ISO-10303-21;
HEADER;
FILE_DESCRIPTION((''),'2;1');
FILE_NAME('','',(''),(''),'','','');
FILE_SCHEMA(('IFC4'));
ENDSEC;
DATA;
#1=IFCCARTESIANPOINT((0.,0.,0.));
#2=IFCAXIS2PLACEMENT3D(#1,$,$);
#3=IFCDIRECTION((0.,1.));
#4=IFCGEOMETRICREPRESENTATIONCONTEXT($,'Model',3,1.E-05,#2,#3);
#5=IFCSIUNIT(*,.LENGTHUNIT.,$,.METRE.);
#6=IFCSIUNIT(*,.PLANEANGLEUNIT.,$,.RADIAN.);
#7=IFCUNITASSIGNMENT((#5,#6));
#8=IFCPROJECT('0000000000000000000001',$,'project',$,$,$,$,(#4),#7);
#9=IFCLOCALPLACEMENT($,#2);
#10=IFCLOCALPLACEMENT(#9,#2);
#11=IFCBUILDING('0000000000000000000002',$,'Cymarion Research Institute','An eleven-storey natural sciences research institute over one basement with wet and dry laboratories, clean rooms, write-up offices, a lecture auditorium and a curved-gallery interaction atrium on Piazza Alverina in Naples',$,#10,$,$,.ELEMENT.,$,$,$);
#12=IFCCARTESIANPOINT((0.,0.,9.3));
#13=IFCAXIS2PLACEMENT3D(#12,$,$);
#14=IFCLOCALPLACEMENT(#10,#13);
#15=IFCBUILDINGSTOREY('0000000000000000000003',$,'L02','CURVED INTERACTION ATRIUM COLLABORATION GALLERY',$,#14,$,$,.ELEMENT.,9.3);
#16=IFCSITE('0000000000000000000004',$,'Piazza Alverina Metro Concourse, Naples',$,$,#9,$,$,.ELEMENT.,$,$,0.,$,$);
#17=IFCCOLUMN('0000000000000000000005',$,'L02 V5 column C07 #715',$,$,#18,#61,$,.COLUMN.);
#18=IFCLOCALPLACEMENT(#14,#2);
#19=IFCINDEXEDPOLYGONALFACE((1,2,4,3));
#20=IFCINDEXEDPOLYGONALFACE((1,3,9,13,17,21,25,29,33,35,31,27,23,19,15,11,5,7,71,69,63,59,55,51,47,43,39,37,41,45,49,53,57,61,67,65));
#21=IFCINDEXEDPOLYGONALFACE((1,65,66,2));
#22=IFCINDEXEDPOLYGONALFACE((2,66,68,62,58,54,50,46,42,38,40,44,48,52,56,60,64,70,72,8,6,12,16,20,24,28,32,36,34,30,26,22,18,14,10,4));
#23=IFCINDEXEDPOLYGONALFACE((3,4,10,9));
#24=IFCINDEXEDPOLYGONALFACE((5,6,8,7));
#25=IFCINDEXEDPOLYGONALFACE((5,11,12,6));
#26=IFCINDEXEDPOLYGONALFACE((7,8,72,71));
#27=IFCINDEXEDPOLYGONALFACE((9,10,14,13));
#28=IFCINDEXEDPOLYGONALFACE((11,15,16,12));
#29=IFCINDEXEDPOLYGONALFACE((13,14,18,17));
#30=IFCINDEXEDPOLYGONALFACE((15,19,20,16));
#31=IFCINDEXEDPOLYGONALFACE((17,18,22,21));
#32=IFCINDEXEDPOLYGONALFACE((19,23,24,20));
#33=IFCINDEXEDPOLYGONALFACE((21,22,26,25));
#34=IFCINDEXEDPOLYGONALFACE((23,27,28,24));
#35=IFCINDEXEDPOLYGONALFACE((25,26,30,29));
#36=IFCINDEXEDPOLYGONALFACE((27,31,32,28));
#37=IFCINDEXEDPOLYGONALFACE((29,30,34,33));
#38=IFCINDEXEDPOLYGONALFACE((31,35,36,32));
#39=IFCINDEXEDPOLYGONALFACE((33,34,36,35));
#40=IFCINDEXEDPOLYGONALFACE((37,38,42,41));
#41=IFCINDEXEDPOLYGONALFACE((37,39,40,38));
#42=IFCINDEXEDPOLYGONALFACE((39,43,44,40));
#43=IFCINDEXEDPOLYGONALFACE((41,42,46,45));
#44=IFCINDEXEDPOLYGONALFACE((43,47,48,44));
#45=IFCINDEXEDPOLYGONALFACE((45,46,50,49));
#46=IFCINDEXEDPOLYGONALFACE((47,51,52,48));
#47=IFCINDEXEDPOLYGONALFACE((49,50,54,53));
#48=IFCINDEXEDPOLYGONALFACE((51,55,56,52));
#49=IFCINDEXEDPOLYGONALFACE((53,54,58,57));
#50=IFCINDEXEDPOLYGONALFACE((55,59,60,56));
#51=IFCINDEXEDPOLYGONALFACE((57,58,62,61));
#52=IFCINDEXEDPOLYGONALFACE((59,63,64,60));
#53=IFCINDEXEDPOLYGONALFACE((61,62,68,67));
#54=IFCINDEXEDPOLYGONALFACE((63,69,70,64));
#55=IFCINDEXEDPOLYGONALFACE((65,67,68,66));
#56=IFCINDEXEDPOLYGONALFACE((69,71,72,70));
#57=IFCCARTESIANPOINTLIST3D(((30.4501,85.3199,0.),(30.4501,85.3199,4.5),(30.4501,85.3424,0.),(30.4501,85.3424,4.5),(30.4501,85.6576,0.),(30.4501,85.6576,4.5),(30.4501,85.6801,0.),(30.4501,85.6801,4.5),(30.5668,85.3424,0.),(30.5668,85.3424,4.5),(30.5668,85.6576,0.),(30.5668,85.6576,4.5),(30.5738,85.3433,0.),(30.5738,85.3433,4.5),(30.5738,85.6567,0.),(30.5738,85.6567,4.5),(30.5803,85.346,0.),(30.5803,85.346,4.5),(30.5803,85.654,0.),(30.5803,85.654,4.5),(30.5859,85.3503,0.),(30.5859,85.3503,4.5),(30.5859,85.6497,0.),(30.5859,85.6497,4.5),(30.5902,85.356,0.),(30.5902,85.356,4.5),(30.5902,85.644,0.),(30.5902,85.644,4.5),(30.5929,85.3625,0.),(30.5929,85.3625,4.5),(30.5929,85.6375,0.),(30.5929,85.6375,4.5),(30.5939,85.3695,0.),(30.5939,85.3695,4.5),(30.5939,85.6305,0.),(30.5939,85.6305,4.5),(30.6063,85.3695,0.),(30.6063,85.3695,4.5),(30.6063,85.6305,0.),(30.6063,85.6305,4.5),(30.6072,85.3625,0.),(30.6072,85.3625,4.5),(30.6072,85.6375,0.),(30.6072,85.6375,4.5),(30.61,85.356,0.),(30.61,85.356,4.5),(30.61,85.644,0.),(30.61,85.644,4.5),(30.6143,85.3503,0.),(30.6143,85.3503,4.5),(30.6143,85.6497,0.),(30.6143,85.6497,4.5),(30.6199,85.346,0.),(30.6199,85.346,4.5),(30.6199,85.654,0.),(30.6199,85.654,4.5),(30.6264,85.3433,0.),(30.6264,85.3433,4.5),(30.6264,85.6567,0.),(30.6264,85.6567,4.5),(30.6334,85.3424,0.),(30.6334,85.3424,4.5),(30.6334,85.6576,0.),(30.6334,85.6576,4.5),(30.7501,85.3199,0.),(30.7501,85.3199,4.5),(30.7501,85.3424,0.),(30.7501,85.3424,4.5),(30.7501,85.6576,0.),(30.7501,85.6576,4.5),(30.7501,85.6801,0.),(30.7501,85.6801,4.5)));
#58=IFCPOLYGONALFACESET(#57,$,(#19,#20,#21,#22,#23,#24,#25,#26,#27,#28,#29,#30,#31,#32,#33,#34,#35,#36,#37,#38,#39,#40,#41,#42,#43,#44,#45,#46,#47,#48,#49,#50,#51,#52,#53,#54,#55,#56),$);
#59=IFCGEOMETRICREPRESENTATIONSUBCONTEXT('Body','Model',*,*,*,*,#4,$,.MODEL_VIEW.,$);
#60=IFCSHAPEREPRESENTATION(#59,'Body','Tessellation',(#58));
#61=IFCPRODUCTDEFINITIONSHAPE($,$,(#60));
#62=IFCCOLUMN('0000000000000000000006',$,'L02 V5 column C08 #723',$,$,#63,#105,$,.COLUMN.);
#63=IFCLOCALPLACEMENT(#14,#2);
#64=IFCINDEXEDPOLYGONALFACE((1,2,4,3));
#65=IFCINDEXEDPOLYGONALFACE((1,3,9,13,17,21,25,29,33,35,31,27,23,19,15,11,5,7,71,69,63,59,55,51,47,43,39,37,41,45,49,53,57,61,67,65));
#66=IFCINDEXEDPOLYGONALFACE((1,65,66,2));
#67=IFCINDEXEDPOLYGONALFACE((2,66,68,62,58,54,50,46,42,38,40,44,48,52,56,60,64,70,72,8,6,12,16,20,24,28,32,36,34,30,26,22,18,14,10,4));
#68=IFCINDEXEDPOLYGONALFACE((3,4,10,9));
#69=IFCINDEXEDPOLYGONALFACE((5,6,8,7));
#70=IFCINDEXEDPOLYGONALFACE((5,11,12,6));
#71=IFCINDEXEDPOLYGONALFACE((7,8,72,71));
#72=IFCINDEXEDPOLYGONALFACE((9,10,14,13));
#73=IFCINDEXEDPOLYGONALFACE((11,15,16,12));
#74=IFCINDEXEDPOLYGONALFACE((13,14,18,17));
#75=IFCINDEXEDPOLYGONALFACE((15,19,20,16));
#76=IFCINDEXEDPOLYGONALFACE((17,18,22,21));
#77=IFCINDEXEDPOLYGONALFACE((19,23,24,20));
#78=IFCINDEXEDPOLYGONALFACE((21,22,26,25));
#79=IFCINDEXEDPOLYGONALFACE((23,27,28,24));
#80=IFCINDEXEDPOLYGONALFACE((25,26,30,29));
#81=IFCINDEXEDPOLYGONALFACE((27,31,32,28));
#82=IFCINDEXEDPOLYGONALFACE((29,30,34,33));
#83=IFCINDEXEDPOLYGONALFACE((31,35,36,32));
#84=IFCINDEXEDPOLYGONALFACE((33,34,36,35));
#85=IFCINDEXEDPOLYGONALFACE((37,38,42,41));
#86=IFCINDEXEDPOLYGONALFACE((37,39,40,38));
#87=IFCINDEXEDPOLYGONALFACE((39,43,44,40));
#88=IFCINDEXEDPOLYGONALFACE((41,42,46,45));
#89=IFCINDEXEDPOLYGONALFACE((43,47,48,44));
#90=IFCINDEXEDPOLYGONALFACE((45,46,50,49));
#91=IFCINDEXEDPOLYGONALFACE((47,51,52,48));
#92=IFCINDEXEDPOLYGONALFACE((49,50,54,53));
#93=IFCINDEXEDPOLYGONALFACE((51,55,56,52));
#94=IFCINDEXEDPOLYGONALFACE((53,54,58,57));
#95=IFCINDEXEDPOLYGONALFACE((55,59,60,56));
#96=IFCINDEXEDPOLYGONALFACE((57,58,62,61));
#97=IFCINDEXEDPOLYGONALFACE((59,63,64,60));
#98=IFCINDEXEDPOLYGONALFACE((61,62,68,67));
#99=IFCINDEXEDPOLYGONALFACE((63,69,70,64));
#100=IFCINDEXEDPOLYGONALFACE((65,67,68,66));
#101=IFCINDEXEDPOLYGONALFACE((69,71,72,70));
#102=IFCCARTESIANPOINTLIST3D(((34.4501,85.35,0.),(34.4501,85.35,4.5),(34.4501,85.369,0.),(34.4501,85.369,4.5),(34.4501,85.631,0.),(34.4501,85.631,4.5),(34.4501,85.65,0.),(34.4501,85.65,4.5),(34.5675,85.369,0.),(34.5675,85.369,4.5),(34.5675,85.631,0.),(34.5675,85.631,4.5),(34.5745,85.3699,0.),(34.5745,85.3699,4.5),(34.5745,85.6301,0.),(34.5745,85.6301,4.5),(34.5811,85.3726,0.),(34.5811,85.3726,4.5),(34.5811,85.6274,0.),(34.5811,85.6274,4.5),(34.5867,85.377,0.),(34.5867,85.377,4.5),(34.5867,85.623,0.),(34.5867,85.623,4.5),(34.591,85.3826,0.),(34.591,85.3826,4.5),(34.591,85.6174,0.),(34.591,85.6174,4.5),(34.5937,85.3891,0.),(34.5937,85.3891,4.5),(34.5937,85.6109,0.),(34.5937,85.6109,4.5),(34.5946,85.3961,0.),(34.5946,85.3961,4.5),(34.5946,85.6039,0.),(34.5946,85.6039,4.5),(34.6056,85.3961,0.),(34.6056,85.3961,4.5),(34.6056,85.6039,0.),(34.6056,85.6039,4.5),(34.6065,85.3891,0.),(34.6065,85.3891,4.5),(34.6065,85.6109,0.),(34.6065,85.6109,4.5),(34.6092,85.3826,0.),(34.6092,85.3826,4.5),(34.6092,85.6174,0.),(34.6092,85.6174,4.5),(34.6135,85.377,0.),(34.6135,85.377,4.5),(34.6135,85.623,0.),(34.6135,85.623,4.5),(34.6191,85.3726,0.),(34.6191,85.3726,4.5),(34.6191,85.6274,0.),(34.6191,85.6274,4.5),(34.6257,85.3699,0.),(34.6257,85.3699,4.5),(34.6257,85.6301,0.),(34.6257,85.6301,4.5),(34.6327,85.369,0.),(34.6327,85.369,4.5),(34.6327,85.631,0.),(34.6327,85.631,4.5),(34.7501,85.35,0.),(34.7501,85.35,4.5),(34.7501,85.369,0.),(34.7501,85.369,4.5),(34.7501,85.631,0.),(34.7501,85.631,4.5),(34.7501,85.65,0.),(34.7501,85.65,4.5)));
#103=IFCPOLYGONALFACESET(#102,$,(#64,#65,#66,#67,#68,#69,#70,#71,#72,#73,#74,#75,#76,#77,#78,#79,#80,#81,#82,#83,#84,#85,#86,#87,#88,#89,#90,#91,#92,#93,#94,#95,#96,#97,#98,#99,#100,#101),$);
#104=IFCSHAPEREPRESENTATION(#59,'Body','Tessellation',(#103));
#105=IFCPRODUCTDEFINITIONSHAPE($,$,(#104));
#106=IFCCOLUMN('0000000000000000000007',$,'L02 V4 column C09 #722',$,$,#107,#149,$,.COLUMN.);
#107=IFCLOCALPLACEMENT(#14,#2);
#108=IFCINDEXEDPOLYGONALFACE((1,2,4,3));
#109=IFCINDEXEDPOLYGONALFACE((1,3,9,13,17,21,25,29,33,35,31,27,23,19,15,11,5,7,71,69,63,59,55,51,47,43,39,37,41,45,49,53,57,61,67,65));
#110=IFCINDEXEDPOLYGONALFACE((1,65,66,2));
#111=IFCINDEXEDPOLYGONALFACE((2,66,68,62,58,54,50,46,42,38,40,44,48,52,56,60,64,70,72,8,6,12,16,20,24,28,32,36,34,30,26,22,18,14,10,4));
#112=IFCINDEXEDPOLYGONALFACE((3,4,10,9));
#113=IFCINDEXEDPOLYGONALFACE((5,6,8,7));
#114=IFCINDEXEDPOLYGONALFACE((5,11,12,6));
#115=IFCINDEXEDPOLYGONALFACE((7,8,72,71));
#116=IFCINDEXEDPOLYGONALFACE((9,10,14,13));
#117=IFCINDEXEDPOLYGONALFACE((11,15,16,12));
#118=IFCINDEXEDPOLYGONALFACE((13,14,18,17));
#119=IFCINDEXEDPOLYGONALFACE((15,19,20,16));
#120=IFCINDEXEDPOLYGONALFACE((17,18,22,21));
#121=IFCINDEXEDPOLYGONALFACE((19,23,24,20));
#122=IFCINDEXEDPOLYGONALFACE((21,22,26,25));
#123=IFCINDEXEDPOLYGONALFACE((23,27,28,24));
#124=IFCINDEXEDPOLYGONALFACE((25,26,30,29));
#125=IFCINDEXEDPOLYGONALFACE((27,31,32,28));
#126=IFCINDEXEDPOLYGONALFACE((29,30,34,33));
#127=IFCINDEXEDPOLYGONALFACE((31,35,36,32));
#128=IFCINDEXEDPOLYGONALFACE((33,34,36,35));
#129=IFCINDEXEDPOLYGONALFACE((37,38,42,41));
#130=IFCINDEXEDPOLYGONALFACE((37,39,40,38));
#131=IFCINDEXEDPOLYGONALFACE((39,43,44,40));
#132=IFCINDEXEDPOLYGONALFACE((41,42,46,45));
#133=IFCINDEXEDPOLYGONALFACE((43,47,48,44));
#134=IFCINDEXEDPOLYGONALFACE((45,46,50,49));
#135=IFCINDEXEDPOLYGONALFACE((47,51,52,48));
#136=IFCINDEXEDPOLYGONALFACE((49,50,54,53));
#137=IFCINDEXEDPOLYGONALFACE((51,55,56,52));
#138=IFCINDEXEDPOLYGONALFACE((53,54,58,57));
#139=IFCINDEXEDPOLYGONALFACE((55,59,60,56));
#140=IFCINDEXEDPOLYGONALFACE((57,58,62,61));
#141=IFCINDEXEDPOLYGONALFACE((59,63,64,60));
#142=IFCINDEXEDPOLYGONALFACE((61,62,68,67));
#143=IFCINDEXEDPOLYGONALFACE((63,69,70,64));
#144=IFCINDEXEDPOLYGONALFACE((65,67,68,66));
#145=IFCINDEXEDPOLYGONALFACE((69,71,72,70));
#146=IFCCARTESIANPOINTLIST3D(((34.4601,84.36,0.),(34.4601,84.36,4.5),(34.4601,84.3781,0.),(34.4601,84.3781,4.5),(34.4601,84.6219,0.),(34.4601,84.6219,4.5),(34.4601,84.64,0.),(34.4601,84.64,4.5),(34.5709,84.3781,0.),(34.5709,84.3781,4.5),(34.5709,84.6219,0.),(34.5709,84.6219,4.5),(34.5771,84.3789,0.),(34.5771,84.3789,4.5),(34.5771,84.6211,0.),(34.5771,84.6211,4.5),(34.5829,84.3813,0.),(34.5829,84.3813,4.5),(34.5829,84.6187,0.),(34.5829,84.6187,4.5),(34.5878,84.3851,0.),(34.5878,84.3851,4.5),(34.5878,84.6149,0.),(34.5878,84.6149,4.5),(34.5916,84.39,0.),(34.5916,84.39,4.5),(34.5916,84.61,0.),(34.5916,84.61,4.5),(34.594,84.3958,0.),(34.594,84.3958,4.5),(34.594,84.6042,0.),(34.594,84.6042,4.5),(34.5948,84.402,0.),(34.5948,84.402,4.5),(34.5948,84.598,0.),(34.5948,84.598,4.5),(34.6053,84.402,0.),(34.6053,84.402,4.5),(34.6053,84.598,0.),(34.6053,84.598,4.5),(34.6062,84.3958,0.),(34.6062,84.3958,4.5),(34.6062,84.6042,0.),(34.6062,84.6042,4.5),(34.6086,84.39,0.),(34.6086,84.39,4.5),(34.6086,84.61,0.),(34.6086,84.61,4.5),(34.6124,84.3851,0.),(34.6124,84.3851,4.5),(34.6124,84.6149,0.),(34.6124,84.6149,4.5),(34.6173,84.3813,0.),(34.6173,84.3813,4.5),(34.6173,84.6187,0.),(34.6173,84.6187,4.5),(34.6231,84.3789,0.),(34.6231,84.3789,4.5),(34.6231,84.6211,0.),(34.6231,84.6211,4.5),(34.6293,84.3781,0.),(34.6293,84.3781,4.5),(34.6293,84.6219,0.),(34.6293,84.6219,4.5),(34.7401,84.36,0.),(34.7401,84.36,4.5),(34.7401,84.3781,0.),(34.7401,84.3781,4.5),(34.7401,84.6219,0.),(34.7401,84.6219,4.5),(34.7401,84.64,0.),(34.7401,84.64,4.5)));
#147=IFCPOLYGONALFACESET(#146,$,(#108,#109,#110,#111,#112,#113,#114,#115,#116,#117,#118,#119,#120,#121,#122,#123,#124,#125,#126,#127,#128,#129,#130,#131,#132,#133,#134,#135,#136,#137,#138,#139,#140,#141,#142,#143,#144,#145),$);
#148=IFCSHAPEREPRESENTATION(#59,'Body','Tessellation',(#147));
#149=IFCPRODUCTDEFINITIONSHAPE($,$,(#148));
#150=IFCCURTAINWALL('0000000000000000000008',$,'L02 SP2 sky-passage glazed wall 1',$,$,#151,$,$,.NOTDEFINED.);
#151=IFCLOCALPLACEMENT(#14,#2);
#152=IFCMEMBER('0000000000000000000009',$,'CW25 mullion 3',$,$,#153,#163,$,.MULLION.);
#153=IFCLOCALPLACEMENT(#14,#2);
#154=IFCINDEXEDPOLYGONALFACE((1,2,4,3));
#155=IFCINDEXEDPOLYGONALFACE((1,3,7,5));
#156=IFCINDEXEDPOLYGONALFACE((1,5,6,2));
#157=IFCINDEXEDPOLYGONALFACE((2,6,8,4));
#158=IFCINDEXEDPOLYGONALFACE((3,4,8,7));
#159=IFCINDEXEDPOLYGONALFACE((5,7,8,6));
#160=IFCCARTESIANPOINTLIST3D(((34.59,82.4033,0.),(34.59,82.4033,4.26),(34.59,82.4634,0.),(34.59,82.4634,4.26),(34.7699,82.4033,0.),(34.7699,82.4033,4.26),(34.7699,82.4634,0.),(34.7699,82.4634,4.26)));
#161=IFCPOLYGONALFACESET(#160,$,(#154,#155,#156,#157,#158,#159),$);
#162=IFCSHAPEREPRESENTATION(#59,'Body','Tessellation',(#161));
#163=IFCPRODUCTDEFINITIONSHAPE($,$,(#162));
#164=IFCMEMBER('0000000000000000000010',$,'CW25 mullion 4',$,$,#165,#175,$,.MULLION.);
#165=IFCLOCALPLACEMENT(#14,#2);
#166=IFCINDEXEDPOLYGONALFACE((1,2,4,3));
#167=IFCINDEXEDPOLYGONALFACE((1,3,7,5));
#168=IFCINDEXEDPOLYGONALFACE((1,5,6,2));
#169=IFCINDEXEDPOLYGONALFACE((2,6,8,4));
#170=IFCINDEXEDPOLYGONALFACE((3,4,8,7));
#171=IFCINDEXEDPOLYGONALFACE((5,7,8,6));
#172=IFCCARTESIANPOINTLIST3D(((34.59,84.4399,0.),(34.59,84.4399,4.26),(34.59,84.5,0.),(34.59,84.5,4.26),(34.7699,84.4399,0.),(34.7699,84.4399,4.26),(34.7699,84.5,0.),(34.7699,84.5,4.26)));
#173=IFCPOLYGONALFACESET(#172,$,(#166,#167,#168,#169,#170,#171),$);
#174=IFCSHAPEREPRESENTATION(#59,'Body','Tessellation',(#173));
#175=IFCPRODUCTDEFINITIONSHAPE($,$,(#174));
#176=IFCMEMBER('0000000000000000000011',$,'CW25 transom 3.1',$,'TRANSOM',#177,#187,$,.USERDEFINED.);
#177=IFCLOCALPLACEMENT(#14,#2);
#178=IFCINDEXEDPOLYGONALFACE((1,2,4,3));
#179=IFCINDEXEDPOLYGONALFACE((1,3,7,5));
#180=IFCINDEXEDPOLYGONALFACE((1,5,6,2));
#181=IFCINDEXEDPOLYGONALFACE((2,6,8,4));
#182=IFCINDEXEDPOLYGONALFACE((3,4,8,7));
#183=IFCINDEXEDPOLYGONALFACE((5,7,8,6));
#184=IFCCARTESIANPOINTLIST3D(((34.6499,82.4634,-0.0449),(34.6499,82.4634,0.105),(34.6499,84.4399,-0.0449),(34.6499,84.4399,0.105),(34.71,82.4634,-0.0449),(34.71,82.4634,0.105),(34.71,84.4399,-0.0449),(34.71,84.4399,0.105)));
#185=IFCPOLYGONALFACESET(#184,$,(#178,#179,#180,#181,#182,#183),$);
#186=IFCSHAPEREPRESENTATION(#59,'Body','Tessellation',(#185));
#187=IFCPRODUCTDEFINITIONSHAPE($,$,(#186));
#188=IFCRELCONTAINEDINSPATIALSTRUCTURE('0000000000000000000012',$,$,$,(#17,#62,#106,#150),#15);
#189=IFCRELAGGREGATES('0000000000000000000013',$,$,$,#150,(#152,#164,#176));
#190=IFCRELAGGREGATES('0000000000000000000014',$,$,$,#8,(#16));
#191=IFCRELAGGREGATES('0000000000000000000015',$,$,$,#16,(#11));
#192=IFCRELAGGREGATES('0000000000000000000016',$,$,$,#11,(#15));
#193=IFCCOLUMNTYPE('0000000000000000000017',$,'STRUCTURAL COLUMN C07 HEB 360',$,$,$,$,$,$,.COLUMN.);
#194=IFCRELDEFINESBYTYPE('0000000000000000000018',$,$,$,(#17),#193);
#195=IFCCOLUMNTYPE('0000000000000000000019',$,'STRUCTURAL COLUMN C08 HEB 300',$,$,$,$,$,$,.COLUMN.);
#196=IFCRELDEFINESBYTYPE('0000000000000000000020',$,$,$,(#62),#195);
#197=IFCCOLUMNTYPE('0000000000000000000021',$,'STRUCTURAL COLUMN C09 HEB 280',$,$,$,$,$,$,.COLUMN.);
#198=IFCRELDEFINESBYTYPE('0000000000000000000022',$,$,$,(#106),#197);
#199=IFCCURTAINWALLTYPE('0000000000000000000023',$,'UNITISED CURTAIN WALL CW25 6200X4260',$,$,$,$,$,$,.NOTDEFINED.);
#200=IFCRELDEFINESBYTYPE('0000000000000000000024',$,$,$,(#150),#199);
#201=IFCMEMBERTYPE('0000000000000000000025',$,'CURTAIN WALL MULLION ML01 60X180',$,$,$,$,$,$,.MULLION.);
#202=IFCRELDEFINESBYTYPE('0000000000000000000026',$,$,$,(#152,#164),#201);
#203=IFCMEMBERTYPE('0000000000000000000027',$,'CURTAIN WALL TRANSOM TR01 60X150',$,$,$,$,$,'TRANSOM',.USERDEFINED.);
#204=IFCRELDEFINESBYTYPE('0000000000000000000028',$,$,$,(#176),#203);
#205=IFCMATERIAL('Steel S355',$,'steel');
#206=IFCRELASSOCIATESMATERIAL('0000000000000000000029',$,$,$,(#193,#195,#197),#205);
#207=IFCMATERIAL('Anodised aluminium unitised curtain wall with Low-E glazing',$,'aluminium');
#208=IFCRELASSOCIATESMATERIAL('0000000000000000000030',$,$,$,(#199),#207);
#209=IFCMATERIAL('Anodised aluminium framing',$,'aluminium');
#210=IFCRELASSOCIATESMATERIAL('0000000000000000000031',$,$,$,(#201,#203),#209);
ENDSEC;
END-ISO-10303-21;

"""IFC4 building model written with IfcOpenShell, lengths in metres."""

from ifc_helpers import new_model, si_unit, direction, frame, origin, origin_2d, place, context, subcontext, project, spatial, rectangle, i_section, extrude, material, material_profile, profile_set, type_object, element, aggregate, save


model = new_model("IFC4")

# Units and contexts
model_context = context("Model", 3, precision=1e-05, world=origin(), true_north=direction((0.0, 1.0)))
body_context = subcontext(model_context, "Body", "Model", "MODEL_VIEW")
ifc_project = project(units=[si_unit("LENGTHUNIT", "METRE"), si_unit("PLANEANGLEUNIT", "RADIAN")], contexts=[model_context])

# Site, building, storey
site_placement = place(None, origin())
site = spatial("IfcSite", under=ifc_project, at=site_placement, Name="Piazza Alverina Metro Concourse, Naples", CompositionType="ELEMENT", RefElevation=0.0)
building_placement = place(site_placement, origin())
building = spatial("IfcBuilding", under=site, at=building_placement, Name="Cymarion Research Institute", Description="An eleven-storey natural sciences research institute over one basement with wet and dry laboratories, clean rooms, write-up offices, a lecture auditorium and a curved-gallery interaction atrium on Piazza Alverina in Naples", CompositionType="ELEMENT")
storey_placement = place(building_placement, frame((0.0, 0.0, 9.3)))
storey = spatial("IfcBuildingStorey", under=building, at=storey_placement, Name="L02", Description="CURVED INTERACTION ATRIUM COLLABORATION GALLERY", CompositionType="ELEMENT", Elevation=9.3)

# Columns
ifc_material_1 = material(Name="Steel S355", Category="steel")
ifc_material_profile_1 = material_profile(ifc_material_1, i_section(OverallWidth=0.3, OverallDepth=0.3601, WebThickness=0.0125, FlangeThickness=0.0225, FilletRadius=0.0271, at=origin_2d()), Name="HEB 360")
ifc_profile_set_1 = profile_set([ifc_material_profile_1], Name="Steel S355")
column_type_1 = type_object("IfcColumnType", Name="STRUCTURAL COLUMN C07 HEB 360", PredefinedType="COLUMN", material=ifc_profile_set_1)
column_1_placement = place(storey_placement, frame((30.6001, 85.5, 0.0), z_axis=(0.0, 0.0, 1.0), x_axis=(1.0, 0.0, 0.0)))
element("IfcColumn", 1, at=column_1_placement, inside=storey, type_object=column_type_1, Name="L02 V5 column C07 #715", PredefinedType="COLUMN", context=body_context, shape_type="SweptSolid", body=[
    extrude(i_section(OverallWidth=0.3, OverallDepth=0.3601, WebThickness=0.0125, FlangeThickness=0.0225, FilletRadius=0.0271, at=origin_2d()), origin(), (0.0, 0.0, 1.0), 4.5),
])
ifc_material_profile_2 = material_profile(ifc_material_1, i_section(OverallWidth=0.3, OverallDepth=0.3, WebThickness=0.011, FlangeThickness=0.019, FilletRadius=0.0271, at=origin_2d()), Name="HEB 300")
ifc_profile_set_2 = profile_set([ifc_material_profile_2], Name="Steel S355")
column_type_2 = type_object("IfcColumnType", Name="STRUCTURAL COLUMN C08 HEB 300", PredefinedType="COLUMN", material=ifc_profile_set_2)
column_2_placement = place(storey_placement, frame((34.6001, 85.5, 0.0), z_axis=(0.0, 0.0, 1.0), x_axis=(1.0, 0.0, 0.0)))
element("IfcColumn", 2, at=column_2_placement, inside=storey, type_object=column_type_2, Name="L02 V5 column C08 #723", PredefinedType="COLUMN", context=body_context, shape_type="SweptSolid", body=[
    extrude(i_section(OverallWidth=0.3, OverallDepth=0.3, WebThickness=0.011, FlangeThickness=0.019, FilletRadius=0.0271, at=origin_2d()), origin(), (0.0, 0.0, 1.0), 4.5),
])
ifc_material_profile_3 = material_profile(ifc_material_1, i_section(OverallWidth=0.28, OverallDepth=0.28, WebThickness=0.0105, FlangeThickness=0.0181, FilletRadius=0.0239, at=origin_2d()), Name="HEB 280")
ifc_profile_set_3 = profile_set([ifc_material_profile_3], Name="Steel S355")
column_type_3 = type_object("IfcColumnType", Name="STRUCTURAL COLUMN C09 HEB 280", PredefinedType="COLUMN", material=ifc_profile_set_3)
column_3_placement = place(storey_placement, frame((34.6001, 84.5, 0.0), z_axis=(0.0, 0.0, 1.0), x_axis=(1.0, 0.0, 0.0)))
element("IfcColumn", 3, at=column_3_placement, inside=storey, type_object=column_type_3, Name="L02 V4 column C09 #722", PredefinedType="COLUMN", context=body_context, shape_type="SweptSolid", body=[
    extrude(i_section(OverallWidth=0.28, OverallDepth=0.28, WebThickness=0.0105, FlangeThickness=0.0181, FilletRadius=0.0239, at=origin_2d()), origin(), (0.0, 0.0, 1.0), 4.5),
])

# Curtain wall, members
ifc_material_2 = material(Name="Anodised aluminium unitised curtain wall with Low-E glazing", Category="aluminium")
curtain_wall_type = type_object("IfcCurtainWallType", Name="UNITISED CURTAIN WALL CW25 6200X4260", PredefinedType="NOTDEFINED", material=ifc_material_2)
curtain_wall_1_placement = place(storey_placement, origin())
curtain_wall_1 = element("IfcCurtainWall", 4, at=curtain_wall_1_placement, inside=storey, type_object=curtain_wall_type, Name="L02 SP2 sky-passage glazed wall 1", PredefinedType="NOTDEFINED")
ifc_material_3 = material(Name="Anodised aluminium framing", Category="aluminium")
ifc_material_profile_4 = material_profile(ifc_material_3, rectangle(XDim=0.0601, YDim=0.1799, at=origin_2d()), Name="ALU MULLION 60x180")
ifc_profile_set_4 = profile_set([ifc_material_profile_4], Name="Anodised aluminium framing")
member_type_1 = type_object("IfcMemberType", Name="CURTAIN WALL MULLION ML01 60X180", PredefinedType="MULLION", material=ifc_profile_set_4)
member_1_placement = place(storey_placement, frame((34.6799, 82.4333, 0.0), z_axis=(0.0, 0.0, 1.0), x_axis=(0.0, 1.0, 0.0)))
member_1 = element("IfcMember", 5, at=member_1_placement, type_object=member_type_1, Name="CW25 mullion 3", PredefinedType="MULLION", context=body_context, shape_type="SweptSolid", body=[
    extrude(rectangle(XDim=0.0601, YDim=0.1799, at=origin_2d()), origin(), (0.0, 0.0, 1.0), 4.26),
])
member_2_placement = place(storey_placement, frame((34.6799, 84.47, 0.0), z_axis=(0.0, 0.0, 1.0), x_axis=(0.0, 1.0, 0.0)))
member_2 = element("IfcMember", 6, at=member_2_placement, type_object=member_type_1, Name="CW25 mullion 4", PredefinedType="MULLION", context=body_context, shape_type="SweptSolid", body=[
    extrude(rectangle(XDim=0.0601, YDim=0.1799, at=origin_2d()), origin(), (0.0, 0.0, 1.0), 4.26),
])
ifc_material_profile_5 = material_profile(ifc_material_3, rectangle(XDim=0.0601, YDim=0.1499, at=origin_2d()), Name="ALU TRANSOM 60x150")
ifc_profile_set_5 = profile_set([ifc_material_profile_5], Name="Anodised aluminium framing")
member_type_2 = type_object("IfcMemberType", Name="CURTAIN WALL TRANSOM TR01 60X150", ElementType="TRANSOM", PredefinedType="USERDEFINED", material=ifc_profile_set_5)
member_3_placement = place(storey_placement, frame((34.6799, 82.4634, 0.03), z_axis=(0.0, 1.0, 0.0), x_axis=(-1.0, 0.0, 0.0)))
member_3 = element("IfcMember", 7, at=member_3_placement, type_object=member_type_2, Name="CW25 transom 3.1", ObjectType="TRANSOM", PredefinedType="USERDEFINED", context=body_context, shape_type="SweptSolid", body=[
    extrude(rectangle(XDim=0.0601, YDim=0.1499, at=origin_2d()), origin(), (0.0, 0.0, 1.0), 1.9766),
])

aggregate(curtain_wall_1, [member_1, member_2, member_3])

save(model, "model.ifc")
